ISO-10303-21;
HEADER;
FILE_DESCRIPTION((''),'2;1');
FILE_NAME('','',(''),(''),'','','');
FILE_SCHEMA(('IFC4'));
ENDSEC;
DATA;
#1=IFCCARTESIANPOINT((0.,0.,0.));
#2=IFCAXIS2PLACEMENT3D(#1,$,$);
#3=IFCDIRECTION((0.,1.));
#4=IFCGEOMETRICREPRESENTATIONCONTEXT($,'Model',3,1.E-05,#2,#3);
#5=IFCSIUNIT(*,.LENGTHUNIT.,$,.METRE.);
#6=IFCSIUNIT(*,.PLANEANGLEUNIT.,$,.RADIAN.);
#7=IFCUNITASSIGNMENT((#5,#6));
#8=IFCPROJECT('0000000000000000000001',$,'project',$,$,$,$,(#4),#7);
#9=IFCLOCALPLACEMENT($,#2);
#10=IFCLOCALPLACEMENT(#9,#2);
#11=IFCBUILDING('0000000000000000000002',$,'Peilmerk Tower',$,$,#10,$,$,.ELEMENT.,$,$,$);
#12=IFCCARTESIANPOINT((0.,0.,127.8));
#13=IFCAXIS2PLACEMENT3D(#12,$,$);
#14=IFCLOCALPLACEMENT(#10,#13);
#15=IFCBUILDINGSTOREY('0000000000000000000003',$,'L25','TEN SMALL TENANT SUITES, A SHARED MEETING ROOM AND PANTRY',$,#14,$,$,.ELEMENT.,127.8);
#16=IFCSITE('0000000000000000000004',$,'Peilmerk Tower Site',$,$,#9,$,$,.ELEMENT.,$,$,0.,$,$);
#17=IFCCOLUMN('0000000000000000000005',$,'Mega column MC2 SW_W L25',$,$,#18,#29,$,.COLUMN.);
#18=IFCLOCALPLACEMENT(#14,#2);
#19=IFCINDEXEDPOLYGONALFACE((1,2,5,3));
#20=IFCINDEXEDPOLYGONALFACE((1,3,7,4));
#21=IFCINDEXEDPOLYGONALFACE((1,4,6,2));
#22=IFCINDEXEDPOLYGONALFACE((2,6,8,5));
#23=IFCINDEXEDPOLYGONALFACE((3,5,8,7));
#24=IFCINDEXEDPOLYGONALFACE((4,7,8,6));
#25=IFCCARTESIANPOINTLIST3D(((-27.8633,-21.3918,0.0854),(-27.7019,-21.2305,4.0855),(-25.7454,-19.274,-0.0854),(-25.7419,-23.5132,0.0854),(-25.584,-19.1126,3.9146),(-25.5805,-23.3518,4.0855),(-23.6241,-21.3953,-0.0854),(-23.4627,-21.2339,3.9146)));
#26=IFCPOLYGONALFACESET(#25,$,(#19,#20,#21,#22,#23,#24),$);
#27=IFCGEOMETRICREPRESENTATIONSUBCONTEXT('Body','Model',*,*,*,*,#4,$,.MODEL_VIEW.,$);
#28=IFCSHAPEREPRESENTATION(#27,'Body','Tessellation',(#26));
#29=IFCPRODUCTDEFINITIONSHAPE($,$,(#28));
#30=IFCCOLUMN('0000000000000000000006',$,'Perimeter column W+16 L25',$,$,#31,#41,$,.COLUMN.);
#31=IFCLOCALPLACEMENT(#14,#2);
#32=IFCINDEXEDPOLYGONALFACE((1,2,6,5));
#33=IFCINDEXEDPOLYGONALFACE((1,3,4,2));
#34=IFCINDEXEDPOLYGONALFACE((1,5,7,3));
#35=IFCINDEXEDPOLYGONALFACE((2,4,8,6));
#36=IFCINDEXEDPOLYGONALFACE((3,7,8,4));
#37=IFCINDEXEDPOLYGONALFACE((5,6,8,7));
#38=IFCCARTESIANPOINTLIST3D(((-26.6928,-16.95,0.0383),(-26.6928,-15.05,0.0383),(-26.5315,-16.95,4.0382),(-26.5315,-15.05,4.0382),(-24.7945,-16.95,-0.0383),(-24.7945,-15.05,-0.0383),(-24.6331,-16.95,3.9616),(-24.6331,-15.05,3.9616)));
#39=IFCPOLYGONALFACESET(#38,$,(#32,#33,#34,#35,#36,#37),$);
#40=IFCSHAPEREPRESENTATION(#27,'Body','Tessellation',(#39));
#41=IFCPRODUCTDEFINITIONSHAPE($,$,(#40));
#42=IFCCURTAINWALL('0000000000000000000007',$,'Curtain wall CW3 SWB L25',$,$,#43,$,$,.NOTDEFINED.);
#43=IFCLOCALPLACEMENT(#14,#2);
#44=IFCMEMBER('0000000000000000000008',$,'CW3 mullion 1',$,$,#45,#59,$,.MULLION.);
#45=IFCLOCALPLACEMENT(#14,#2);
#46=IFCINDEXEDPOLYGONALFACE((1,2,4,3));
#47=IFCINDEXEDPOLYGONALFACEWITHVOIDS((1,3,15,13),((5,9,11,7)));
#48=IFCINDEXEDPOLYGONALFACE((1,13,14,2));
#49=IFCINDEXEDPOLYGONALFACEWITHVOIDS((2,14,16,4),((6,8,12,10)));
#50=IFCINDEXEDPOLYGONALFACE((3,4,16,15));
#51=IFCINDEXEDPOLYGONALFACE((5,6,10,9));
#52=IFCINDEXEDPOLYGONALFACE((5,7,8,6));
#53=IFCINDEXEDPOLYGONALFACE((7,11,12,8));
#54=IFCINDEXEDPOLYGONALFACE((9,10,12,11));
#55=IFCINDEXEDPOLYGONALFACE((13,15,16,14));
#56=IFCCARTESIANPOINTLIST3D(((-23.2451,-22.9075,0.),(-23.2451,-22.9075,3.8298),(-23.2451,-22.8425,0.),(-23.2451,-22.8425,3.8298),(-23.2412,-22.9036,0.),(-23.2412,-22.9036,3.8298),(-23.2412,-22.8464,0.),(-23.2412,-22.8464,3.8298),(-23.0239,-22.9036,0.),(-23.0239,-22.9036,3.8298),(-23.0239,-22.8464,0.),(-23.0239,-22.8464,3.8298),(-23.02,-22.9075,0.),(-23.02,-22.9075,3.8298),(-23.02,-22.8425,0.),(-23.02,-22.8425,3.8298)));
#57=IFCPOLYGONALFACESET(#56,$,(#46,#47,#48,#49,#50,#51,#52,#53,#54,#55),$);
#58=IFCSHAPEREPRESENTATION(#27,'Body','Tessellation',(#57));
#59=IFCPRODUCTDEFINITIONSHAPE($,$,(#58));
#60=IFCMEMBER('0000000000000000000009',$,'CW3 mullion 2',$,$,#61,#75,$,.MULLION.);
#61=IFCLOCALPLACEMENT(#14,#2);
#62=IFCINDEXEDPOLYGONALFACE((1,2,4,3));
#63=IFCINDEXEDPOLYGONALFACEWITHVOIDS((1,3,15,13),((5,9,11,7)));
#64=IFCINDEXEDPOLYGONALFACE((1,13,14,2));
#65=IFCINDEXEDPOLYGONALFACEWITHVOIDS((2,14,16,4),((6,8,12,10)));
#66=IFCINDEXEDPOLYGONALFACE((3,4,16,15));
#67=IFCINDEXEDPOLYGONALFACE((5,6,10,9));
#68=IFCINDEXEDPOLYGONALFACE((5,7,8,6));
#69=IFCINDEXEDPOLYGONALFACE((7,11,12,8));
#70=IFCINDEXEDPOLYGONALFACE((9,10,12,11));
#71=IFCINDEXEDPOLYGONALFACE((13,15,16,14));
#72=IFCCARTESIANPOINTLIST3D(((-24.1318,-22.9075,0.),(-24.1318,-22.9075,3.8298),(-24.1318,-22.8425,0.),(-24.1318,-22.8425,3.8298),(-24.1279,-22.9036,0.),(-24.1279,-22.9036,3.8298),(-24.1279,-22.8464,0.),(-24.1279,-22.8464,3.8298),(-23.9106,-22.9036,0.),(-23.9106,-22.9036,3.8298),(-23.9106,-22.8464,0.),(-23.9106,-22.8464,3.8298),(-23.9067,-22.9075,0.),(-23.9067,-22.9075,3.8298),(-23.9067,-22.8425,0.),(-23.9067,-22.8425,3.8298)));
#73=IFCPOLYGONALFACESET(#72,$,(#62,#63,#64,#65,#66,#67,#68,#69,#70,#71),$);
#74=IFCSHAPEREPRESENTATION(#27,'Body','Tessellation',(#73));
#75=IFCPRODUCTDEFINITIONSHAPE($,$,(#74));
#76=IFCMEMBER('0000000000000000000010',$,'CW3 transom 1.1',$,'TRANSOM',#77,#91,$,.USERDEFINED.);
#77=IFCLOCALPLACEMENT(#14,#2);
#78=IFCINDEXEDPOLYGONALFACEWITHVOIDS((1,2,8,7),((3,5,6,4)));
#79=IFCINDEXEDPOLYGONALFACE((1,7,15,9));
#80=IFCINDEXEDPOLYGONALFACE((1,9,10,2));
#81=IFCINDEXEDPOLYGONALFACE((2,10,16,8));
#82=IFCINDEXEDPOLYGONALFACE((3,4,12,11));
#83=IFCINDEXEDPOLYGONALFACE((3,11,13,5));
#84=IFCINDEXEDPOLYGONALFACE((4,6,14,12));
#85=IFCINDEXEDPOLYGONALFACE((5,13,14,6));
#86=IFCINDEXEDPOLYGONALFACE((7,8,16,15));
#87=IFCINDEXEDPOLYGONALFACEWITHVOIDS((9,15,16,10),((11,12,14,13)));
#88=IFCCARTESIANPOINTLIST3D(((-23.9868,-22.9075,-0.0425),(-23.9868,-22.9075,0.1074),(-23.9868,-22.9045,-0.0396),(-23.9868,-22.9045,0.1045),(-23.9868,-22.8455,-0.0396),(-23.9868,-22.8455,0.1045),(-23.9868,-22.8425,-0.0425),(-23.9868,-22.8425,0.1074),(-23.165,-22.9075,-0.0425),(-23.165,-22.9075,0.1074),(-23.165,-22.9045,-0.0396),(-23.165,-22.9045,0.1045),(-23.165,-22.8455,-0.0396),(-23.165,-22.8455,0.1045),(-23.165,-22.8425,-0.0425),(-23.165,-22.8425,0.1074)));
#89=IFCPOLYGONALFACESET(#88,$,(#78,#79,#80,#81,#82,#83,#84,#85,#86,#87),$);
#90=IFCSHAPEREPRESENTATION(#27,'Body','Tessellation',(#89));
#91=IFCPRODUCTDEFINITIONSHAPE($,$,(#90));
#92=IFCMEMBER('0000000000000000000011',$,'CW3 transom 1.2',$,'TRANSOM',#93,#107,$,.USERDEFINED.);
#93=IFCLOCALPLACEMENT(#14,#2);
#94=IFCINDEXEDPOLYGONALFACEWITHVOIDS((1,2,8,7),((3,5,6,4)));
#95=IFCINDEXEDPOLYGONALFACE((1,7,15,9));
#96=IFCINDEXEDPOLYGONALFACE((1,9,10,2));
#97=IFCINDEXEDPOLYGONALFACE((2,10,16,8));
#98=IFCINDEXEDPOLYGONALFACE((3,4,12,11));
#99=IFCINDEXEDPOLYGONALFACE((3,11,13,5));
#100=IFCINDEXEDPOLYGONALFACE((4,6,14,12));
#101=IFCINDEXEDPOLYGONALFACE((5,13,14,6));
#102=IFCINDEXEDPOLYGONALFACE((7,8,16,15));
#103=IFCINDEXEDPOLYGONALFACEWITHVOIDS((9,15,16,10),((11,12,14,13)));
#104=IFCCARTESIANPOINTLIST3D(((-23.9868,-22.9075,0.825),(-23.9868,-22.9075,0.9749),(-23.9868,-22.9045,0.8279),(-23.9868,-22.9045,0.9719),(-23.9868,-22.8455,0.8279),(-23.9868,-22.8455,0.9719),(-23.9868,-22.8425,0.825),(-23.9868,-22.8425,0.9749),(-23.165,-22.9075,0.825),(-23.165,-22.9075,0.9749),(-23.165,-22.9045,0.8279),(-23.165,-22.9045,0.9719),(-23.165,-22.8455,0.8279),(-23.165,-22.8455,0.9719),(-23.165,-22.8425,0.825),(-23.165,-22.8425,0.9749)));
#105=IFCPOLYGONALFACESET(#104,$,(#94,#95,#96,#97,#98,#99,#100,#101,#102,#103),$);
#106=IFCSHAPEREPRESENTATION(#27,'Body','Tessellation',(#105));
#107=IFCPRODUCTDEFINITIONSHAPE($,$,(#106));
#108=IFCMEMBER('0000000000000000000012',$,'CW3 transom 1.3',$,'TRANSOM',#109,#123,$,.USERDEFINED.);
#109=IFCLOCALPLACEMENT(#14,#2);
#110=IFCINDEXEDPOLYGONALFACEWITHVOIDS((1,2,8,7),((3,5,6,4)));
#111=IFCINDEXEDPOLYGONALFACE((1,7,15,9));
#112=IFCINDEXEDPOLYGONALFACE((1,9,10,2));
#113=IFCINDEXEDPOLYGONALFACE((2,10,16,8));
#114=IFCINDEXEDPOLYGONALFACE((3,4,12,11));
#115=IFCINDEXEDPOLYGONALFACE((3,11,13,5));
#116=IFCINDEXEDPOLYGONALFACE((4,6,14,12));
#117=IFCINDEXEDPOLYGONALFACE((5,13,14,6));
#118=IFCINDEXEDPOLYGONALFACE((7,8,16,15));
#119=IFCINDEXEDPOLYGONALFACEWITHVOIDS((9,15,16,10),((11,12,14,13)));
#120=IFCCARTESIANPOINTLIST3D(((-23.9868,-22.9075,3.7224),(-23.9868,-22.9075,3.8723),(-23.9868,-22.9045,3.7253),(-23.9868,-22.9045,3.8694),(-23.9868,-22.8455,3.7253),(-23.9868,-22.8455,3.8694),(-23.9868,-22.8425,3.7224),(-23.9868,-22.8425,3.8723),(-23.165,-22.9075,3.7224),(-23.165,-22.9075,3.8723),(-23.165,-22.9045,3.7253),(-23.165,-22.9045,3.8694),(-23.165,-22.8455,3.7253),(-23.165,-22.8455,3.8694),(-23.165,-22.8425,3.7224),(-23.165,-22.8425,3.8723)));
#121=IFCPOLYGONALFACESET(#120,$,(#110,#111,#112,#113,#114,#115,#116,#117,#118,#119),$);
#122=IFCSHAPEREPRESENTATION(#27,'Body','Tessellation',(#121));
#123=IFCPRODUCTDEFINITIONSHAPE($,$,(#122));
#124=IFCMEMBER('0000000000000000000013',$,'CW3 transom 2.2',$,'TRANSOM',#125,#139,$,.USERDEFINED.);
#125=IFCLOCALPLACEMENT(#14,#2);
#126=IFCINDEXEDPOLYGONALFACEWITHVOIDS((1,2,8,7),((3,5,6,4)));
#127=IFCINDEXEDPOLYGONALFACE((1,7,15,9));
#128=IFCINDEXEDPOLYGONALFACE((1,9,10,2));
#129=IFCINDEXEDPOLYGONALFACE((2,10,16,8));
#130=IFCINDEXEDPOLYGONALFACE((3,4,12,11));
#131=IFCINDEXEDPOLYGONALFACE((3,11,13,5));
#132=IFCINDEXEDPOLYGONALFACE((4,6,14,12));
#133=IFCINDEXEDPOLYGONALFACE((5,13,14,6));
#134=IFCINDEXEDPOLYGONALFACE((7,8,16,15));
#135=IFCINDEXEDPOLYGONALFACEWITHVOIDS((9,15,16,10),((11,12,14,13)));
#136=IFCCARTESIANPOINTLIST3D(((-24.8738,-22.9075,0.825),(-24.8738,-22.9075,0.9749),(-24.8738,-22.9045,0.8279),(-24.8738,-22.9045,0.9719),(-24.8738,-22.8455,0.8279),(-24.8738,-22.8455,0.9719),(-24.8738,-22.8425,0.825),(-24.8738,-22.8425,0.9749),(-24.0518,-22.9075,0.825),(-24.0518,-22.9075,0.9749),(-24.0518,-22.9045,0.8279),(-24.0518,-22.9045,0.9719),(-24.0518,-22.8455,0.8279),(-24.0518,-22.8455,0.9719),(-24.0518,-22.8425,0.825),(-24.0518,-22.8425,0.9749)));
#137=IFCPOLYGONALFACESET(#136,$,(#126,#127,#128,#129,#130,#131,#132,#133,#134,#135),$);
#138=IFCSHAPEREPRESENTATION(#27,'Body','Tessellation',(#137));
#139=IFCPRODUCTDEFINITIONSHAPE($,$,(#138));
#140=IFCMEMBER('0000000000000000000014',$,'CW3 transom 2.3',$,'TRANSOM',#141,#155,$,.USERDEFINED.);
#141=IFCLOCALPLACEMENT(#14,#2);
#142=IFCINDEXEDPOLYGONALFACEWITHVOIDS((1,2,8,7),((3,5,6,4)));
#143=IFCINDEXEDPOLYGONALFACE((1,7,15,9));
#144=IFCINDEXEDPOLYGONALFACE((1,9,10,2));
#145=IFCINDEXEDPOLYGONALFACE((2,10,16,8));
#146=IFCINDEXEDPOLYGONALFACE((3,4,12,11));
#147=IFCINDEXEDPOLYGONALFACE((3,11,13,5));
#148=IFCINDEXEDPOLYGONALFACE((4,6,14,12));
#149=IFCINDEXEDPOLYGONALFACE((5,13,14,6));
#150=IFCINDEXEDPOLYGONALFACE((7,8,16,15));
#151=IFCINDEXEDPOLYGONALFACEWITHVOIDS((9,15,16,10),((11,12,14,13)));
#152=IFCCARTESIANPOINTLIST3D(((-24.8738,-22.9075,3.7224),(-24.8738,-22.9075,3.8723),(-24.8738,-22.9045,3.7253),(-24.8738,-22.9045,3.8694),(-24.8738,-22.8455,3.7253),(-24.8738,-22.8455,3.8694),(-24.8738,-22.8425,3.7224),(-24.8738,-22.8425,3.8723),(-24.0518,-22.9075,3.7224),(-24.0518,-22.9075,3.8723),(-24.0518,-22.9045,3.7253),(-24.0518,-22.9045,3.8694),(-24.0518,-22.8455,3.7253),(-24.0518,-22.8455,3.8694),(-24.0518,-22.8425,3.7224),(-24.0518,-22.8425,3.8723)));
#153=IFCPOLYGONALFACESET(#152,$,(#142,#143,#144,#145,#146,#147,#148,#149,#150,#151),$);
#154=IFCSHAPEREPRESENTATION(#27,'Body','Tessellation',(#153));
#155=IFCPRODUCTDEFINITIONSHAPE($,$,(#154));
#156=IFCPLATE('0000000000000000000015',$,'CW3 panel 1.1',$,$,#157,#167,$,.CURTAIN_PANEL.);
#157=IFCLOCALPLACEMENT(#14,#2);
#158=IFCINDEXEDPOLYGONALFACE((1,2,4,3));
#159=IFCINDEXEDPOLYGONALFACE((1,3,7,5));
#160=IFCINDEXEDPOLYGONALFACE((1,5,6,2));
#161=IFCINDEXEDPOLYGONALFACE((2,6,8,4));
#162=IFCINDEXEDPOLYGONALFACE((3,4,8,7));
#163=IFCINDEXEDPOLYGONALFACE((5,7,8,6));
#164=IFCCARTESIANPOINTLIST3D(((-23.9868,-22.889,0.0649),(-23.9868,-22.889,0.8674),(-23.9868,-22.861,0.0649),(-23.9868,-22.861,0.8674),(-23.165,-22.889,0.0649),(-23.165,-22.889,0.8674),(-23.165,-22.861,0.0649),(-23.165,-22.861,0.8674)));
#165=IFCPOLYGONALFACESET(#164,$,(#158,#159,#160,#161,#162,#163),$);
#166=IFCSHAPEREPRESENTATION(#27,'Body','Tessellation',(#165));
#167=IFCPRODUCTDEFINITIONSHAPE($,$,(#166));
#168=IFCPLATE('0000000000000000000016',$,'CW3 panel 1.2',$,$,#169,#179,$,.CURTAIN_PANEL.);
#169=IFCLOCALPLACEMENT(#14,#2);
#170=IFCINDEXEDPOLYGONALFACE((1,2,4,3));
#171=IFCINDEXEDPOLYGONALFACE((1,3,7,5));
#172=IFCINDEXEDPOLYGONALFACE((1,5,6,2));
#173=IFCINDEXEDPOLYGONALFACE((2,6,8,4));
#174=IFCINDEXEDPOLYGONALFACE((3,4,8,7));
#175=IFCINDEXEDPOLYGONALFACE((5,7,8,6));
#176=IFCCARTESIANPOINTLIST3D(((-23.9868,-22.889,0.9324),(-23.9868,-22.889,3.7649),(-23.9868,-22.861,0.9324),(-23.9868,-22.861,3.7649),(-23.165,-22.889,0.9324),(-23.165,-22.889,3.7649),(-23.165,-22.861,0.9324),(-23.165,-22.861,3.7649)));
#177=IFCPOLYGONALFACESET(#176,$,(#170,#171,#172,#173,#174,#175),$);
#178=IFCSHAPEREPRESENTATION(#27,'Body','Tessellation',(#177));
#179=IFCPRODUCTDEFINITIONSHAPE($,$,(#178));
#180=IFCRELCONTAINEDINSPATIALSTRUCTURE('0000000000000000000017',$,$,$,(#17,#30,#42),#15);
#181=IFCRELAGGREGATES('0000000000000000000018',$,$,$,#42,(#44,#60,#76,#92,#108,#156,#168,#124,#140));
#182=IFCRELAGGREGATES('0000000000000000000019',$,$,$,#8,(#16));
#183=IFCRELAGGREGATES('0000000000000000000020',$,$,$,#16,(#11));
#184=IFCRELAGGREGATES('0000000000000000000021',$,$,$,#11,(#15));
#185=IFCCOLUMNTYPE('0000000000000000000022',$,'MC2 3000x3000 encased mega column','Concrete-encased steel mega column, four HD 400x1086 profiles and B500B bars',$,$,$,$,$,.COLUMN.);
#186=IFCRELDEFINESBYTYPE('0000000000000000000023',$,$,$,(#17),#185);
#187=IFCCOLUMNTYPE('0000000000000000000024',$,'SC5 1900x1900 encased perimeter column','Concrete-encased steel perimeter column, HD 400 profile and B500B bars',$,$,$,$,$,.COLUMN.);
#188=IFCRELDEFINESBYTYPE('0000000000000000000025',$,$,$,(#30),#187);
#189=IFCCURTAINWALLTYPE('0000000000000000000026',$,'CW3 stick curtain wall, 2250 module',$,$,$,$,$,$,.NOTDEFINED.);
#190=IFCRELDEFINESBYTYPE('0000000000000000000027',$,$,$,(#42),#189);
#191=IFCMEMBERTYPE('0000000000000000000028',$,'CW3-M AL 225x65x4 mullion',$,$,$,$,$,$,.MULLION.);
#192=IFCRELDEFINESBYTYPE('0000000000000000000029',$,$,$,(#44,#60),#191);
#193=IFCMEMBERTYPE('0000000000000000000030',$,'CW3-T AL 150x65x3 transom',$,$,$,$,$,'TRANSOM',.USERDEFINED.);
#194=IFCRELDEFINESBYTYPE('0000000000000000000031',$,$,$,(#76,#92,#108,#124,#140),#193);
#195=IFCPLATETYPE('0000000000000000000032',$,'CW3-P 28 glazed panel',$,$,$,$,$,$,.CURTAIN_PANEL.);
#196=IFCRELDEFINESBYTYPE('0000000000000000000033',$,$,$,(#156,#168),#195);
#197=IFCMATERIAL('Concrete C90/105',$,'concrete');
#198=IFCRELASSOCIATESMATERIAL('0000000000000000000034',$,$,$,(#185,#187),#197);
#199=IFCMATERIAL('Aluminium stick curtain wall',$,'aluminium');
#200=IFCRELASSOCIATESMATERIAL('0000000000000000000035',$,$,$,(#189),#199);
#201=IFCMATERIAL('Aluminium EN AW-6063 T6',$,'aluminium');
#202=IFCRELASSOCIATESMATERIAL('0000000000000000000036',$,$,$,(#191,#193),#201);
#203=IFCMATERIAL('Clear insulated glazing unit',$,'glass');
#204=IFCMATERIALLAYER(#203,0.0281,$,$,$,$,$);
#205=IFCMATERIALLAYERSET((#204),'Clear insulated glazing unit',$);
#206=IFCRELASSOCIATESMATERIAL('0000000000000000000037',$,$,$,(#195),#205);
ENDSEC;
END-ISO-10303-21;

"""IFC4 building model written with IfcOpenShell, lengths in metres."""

from ifc_helpers import new_model, si_unit, direction, frame, origin, origin_2d, place, context, subcontext, project, spatial, rectangle, hollow_rectangle, extrude, material, layer, layer_set, material_profile, profile_set, type_object, element, aggregate, save


model = new_model("IFC4")

# Units and contexts
model_context = context("Model", 3, precision=1e-05, world=origin(), true_north=direction((0.0, 1.0)))
body_context = subcontext(model_context, "Body", "Model", "MODEL_VIEW")
ifc_project = project(units=[si_unit("LENGTHUNIT", "METRE"), si_unit("PLANEANGLEUNIT", "RADIAN")], contexts=[model_context])

# Site, building, storey
site_placement = place(None, origin())
site = spatial("IfcSite", under=ifc_project, at=site_placement, Name="Peilmerk Tower Site", CompositionType="ELEMENT", RefElevation=0.0)
building_placement = place(site_placement, origin())
building = spatial("IfcBuilding", under=site, at=building_placement, Name="Peilmerk Tower", CompositionType="ELEMENT")
storey_placement = place(building_placement, frame((0.0, 0.0, 127.8)))
storey = spatial("IfcBuildingStorey", under=building, at=storey_placement, Name="L25", Description="TEN SMALL TENANT SUITES, A SHARED MEETING ROOM AND PANTRY", CompositionType="ELEMENT", Elevation=127.8)

# Columns
ifc_material_1 = material(Name="Concrete C90/105", Category="concrete")
ifc_material_profile_1 = material_profile(ifc_material_1, rectangle(XDim=3.0, YDim=3.0, at=origin_2d()), Name="RC 3000x3000")
ifc_profile_set_1 = profile_set([ifc_material_profile_1], Name="Concrete C90/105")
column_type_1 = type_object("IfcColumnType", Name="MC2 3000x3000 encased mega column", Description="Concrete-encased steel mega column, four HD 400x1086 profiles and B500B bars", PredefinedType="COLUMN", material=ifc_profile_set_1)
column_1_placement = place(storey_placement, frame((-25.7437, -21.3936, 0.0), z_axis=(0.040279, 0.040279, 0.998376), x_axis=(-0.707107, 0.707107, 0.0)))
element("IfcColumn", 1, at=column_1_placement, inside=storey, type_object=column_type_1, Name="Mega column MC2 SW_W L25", PredefinedType="COLUMN", context=body_context, shape_type="SweptSolid", body=[
    extrude(rectangle(XDim=3.0, YDim=3.0, at=origin_2d()), origin(), (0.0, 0.0, 1.0), 4.0066),
])
ifc_material_profile_2 = material_profile(ifc_material_1, rectangle(XDim=1.8999, YDim=1.8999, at=origin_2d()), Name="RC 1900x1900")
ifc_profile_set_2 = profile_set([ifc_material_profile_2], Name="Concrete C90/105")
column_type_2 = type_object("IfcColumnType", Name="SC5 1900x1900 encased perimeter column", Description="Concrete-encased steel perimeter column, HD 400 profile and B500B bars", PredefinedType="COLUMN", material=ifc_profile_set_2)
column_2_placement = place(storey_placement, frame((-25.7437, -16.0, 0.0), z_axis=(0.040311, 0.0, 0.999187), x_axis=(0.0, 1.0, 0.0)))
element("IfcColumn", 2, at=column_2_placement, inside=storey, type_object=column_type_2, Name="Perimeter column W+16 L25", PredefinedType="COLUMN", context=body_context, shape_type="SweptSolid", body=[
    extrude(rectangle(XDim=1.8999, YDim=1.8999, at=origin_2d()), origin(), (0.0, 0.0, 1.0), 4.0032),
])

# Curtain wall, members, plates
ifc_material_2 = material(Name="Aluminium stick curtain wall", Category="aluminium")
curtain_wall_type = type_object("IfcCurtainWallType", Name="CW3 stick curtain wall, 2250 module", PredefinedType="NOTDEFINED", material=ifc_material_2)
curtain_wall_placement = place(storey_placement, origin())
curtain_wall = element("IfcCurtainWall", 3, at=curtain_wall_placement, inside=storey, type_object=curtain_wall_type, Name="Curtain wall CW3 SWB L25", PredefinedType="NOTDEFINED")
ifc_material_3 = material(Name="Aluminium EN AW-6063 T6", Category="aluminium")
ifc_material_profile_3 = material_profile(ifc_material_3, hollow_rectangle(XDim=0.0649, YDim=0.2251, WallThickness=0.0039, at=origin_2d()), Name="AL 225x65x4")
ifc_profile_set_3 = profile_set([ifc_material_profile_3], Name="Aluminium EN AW-6063 T6")
member_type_1 = type_object("IfcMemberType", Name="CW3-M AL 225x65x4 mullion", PredefinedType="MULLION", material=ifc_profile_set_3)
member_1_placement = place(storey_placement, frame((-23.1326, -22.875, 0.0), z_axis=(0.0, 0.0, 1.0), x_axis=(0.0, -1.0, 0.0)))
member_1 = element("IfcMember", 4, at=member_1_placement, type_object=member_type_1, Name="CW3 mullion 1", PredefinedType="MULLION", context=body_context, shape_type="SweptSolid", body=[
    extrude(hollow_rectangle(XDim=0.0649, YDim=0.2251, WallThickness=0.0039, at=origin_2d()), origin(), (0.0, 0.0, 1.0), 3.8298),
])
member_2_placement = place(storey_placement, frame((-24.0193, -22.875, 0.0), z_axis=(0.0, 0.0, 1.0), x_axis=(0.0, -1.0, 0.0)))
member_2 = element("IfcMember", 5, at=member_2_placement, type_object=member_type_1, Name="CW3 mullion 2", PredefinedType="MULLION", context=body_context, shape_type="SweptSolid", body=[
    extrude(hollow_rectangle(XDim=0.0649, YDim=0.2251, WallThickness=0.0039, at=origin_2d()), origin(), (0.0, 0.0, 1.0), 3.8298),
])
ifc_material_profile_4 = material_profile(ifc_material_3, hollow_rectangle(XDim=0.0649, YDim=0.1499, WallThickness=0.0029, at=origin_2d()), Name="AL 150x65x3")
ifc_profile_set_4 = profile_set([ifc_material_profile_4], Name="Aluminium EN AW-6063 T6")
member_type_2 = type_object("IfcMemberType", Name="CW3-T AL 150x65x3 transom", ElementType="TRANSOM", PredefinedType="USERDEFINED", material=ifc_profile_set_4)
member_3_placement = place(storey_placement, frame((-23.165, -22.875, 0.0325), z_axis=(-1.0, 0.0, 0.0), x_axis=(0.0, -1.0, 0.0)))
member_3 = element("IfcMember", 6, at=member_3_placement, type_object=member_type_2, Name="CW3 transom 1.1", ObjectType="TRANSOM", PredefinedType="USERDEFINED", context=body_context, shape_type="SweptSolid", body=[
    extrude(hollow_rectangle(XDim=0.0649, YDim=0.1499, WallThickness=0.0029, at=origin_2d()), origin(), (0.0, 0.0, 1.0), 0.8218),
])
member_4_placement = place(storey_placement, frame((-23.165, -22.875, 0.8999), z_axis=(-1.0, 0.0, 0.0), x_axis=(0.0, -1.0, 0.0)))
member_4 = element("IfcMember", 7, at=member_4_placement, type_object=member_type_2, Name="CW3 transom 1.2", ObjectType="TRANSOM", PredefinedType="USERDEFINED", context=body_context, shape_type="SweptSolid", body=[
    extrude(hollow_rectangle(XDim=0.0649, YDim=0.1499, WallThickness=0.0029, at=origin_2d()), origin(), (0.0, 0.0, 1.0), 0.8218),
])
member_5_placement = place(storey_placement, frame((-23.165, -22.875, 3.7974), z_axis=(-1.0, 0.0, 0.0), x_axis=(0.0, -1.0, 0.0)))
member_5 = element("IfcMember", 8, at=member_5_placement, type_object=member_type_2, Name="CW3 transom 1.3", ObjectType="TRANSOM", PredefinedType="USERDEFINED", context=body_context, shape_type="SweptSolid", body=[
    extrude(hollow_rectangle(XDim=0.0649, YDim=0.1499, WallThickness=0.0029, at=origin_2d()), origin(), (0.0, 0.0, 1.0), 0.8218),
])
member_6_placement = place(storey_placement, frame((-24.0518, -22.875, 0.8999), z_axis=(-1.0, 0.0, 0.0), x_axis=(0.0, -1.0, 0.0)))
member_6 = element("IfcMember", 9, at=member_6_placement, type_object=member_type_2, Name="CW3 transom 2.2", ObjectType="TRANSOM", PredefinedType="USERDEFINED", context=body_context, shape_type="SweptSolid", body=[
    extrude(hollow_rectangle(XDim=0.0649, YDim=0.1499, WallThickness=0.0029, at=origin_2d()), origin(), (0.0, 0.0, 1.0), 0.822),
])
member_7_placement = place(storey_placement, frame((-24.0518, -22.875, 3.7974), z_axis=(-1.0, 0.0, 0.0), x_axis=(0.0, -1.0, 0.0)))
member_7 = element("IfcMember", 10, at=member_7_placement, type_object=member_type_2, Name="CW3 transom 2.3", ObjectType="TRANSOM", PredefinedType="USERDEFINED", context=body_context, shape_type="SweptSolid", body=[
    extrude(hollow_rectangle(XDim=0.0649, YDim=0.1499, WallThickness=0.0029, at=origin_2d()), origin(), (0.0, 0.0, 1.0), 0.822),
])
ifc_material_4 = material(Name="Clear insulated glazing unit", Category="glass")
ifc_layer = layer(ifc_material_4, 0.0281)
ifc_layer_set = layer_set([ifc_layer], Name="Clear insulated glazing unit")
plate_type = type_object("IfcPlateType", Name="CW3-P 28 glazed panel", PredefinedType="CURTAIN_PANEL", material=ifc_layer_set)
plate_1_placement = place(storey_placement, frame((-23.5759, -22.875, 0.0649), z_axis=(0.0, 0.0, 1.0), x_axis=(-1.0, 0.0, 0.0)))
plate_1 = element("IfcPlate", 11, at=plate_1_placement, type_object=plate_type, Name="CW3 panel 1.1", PredefinedType="CURTAIN_PANEL", context=body_context, shape_type="SweptSolid", body=[
    extrude(rectangle(XDim=0.8218, YDim=0.0281, at=origin_2d()), origin(), (0.0, 0.0, 1.0), 0.8025),
])
plate_2_placement = place(storey_placement, frame((-23.5759, -22.875, 0.9324), z_axis=(0.0, 0.0, 1.0), x_axis=(-1.0, 0.0, 0.0)))
plate_2 = element("IfcPlate", 12, at=plate_2_placement, type_object=plate_type, Name="CW3 panel 1.2", PredefinedType="CURTAIN_PANEL", context=body_context, shape_type="SweptSolid", body=[
    extrude(rectangle(XDim=0.8218, YDim=0.0281, at=origin_2d()), origin(), (0.0, 0.0, 1.0), 2.8325),
])
aggregate(curtain_wall, [member_1, member_2, member_3, member_4, member_5, plate_1, plate_2, member_6, member_7])

save(model, "model.ifc")
